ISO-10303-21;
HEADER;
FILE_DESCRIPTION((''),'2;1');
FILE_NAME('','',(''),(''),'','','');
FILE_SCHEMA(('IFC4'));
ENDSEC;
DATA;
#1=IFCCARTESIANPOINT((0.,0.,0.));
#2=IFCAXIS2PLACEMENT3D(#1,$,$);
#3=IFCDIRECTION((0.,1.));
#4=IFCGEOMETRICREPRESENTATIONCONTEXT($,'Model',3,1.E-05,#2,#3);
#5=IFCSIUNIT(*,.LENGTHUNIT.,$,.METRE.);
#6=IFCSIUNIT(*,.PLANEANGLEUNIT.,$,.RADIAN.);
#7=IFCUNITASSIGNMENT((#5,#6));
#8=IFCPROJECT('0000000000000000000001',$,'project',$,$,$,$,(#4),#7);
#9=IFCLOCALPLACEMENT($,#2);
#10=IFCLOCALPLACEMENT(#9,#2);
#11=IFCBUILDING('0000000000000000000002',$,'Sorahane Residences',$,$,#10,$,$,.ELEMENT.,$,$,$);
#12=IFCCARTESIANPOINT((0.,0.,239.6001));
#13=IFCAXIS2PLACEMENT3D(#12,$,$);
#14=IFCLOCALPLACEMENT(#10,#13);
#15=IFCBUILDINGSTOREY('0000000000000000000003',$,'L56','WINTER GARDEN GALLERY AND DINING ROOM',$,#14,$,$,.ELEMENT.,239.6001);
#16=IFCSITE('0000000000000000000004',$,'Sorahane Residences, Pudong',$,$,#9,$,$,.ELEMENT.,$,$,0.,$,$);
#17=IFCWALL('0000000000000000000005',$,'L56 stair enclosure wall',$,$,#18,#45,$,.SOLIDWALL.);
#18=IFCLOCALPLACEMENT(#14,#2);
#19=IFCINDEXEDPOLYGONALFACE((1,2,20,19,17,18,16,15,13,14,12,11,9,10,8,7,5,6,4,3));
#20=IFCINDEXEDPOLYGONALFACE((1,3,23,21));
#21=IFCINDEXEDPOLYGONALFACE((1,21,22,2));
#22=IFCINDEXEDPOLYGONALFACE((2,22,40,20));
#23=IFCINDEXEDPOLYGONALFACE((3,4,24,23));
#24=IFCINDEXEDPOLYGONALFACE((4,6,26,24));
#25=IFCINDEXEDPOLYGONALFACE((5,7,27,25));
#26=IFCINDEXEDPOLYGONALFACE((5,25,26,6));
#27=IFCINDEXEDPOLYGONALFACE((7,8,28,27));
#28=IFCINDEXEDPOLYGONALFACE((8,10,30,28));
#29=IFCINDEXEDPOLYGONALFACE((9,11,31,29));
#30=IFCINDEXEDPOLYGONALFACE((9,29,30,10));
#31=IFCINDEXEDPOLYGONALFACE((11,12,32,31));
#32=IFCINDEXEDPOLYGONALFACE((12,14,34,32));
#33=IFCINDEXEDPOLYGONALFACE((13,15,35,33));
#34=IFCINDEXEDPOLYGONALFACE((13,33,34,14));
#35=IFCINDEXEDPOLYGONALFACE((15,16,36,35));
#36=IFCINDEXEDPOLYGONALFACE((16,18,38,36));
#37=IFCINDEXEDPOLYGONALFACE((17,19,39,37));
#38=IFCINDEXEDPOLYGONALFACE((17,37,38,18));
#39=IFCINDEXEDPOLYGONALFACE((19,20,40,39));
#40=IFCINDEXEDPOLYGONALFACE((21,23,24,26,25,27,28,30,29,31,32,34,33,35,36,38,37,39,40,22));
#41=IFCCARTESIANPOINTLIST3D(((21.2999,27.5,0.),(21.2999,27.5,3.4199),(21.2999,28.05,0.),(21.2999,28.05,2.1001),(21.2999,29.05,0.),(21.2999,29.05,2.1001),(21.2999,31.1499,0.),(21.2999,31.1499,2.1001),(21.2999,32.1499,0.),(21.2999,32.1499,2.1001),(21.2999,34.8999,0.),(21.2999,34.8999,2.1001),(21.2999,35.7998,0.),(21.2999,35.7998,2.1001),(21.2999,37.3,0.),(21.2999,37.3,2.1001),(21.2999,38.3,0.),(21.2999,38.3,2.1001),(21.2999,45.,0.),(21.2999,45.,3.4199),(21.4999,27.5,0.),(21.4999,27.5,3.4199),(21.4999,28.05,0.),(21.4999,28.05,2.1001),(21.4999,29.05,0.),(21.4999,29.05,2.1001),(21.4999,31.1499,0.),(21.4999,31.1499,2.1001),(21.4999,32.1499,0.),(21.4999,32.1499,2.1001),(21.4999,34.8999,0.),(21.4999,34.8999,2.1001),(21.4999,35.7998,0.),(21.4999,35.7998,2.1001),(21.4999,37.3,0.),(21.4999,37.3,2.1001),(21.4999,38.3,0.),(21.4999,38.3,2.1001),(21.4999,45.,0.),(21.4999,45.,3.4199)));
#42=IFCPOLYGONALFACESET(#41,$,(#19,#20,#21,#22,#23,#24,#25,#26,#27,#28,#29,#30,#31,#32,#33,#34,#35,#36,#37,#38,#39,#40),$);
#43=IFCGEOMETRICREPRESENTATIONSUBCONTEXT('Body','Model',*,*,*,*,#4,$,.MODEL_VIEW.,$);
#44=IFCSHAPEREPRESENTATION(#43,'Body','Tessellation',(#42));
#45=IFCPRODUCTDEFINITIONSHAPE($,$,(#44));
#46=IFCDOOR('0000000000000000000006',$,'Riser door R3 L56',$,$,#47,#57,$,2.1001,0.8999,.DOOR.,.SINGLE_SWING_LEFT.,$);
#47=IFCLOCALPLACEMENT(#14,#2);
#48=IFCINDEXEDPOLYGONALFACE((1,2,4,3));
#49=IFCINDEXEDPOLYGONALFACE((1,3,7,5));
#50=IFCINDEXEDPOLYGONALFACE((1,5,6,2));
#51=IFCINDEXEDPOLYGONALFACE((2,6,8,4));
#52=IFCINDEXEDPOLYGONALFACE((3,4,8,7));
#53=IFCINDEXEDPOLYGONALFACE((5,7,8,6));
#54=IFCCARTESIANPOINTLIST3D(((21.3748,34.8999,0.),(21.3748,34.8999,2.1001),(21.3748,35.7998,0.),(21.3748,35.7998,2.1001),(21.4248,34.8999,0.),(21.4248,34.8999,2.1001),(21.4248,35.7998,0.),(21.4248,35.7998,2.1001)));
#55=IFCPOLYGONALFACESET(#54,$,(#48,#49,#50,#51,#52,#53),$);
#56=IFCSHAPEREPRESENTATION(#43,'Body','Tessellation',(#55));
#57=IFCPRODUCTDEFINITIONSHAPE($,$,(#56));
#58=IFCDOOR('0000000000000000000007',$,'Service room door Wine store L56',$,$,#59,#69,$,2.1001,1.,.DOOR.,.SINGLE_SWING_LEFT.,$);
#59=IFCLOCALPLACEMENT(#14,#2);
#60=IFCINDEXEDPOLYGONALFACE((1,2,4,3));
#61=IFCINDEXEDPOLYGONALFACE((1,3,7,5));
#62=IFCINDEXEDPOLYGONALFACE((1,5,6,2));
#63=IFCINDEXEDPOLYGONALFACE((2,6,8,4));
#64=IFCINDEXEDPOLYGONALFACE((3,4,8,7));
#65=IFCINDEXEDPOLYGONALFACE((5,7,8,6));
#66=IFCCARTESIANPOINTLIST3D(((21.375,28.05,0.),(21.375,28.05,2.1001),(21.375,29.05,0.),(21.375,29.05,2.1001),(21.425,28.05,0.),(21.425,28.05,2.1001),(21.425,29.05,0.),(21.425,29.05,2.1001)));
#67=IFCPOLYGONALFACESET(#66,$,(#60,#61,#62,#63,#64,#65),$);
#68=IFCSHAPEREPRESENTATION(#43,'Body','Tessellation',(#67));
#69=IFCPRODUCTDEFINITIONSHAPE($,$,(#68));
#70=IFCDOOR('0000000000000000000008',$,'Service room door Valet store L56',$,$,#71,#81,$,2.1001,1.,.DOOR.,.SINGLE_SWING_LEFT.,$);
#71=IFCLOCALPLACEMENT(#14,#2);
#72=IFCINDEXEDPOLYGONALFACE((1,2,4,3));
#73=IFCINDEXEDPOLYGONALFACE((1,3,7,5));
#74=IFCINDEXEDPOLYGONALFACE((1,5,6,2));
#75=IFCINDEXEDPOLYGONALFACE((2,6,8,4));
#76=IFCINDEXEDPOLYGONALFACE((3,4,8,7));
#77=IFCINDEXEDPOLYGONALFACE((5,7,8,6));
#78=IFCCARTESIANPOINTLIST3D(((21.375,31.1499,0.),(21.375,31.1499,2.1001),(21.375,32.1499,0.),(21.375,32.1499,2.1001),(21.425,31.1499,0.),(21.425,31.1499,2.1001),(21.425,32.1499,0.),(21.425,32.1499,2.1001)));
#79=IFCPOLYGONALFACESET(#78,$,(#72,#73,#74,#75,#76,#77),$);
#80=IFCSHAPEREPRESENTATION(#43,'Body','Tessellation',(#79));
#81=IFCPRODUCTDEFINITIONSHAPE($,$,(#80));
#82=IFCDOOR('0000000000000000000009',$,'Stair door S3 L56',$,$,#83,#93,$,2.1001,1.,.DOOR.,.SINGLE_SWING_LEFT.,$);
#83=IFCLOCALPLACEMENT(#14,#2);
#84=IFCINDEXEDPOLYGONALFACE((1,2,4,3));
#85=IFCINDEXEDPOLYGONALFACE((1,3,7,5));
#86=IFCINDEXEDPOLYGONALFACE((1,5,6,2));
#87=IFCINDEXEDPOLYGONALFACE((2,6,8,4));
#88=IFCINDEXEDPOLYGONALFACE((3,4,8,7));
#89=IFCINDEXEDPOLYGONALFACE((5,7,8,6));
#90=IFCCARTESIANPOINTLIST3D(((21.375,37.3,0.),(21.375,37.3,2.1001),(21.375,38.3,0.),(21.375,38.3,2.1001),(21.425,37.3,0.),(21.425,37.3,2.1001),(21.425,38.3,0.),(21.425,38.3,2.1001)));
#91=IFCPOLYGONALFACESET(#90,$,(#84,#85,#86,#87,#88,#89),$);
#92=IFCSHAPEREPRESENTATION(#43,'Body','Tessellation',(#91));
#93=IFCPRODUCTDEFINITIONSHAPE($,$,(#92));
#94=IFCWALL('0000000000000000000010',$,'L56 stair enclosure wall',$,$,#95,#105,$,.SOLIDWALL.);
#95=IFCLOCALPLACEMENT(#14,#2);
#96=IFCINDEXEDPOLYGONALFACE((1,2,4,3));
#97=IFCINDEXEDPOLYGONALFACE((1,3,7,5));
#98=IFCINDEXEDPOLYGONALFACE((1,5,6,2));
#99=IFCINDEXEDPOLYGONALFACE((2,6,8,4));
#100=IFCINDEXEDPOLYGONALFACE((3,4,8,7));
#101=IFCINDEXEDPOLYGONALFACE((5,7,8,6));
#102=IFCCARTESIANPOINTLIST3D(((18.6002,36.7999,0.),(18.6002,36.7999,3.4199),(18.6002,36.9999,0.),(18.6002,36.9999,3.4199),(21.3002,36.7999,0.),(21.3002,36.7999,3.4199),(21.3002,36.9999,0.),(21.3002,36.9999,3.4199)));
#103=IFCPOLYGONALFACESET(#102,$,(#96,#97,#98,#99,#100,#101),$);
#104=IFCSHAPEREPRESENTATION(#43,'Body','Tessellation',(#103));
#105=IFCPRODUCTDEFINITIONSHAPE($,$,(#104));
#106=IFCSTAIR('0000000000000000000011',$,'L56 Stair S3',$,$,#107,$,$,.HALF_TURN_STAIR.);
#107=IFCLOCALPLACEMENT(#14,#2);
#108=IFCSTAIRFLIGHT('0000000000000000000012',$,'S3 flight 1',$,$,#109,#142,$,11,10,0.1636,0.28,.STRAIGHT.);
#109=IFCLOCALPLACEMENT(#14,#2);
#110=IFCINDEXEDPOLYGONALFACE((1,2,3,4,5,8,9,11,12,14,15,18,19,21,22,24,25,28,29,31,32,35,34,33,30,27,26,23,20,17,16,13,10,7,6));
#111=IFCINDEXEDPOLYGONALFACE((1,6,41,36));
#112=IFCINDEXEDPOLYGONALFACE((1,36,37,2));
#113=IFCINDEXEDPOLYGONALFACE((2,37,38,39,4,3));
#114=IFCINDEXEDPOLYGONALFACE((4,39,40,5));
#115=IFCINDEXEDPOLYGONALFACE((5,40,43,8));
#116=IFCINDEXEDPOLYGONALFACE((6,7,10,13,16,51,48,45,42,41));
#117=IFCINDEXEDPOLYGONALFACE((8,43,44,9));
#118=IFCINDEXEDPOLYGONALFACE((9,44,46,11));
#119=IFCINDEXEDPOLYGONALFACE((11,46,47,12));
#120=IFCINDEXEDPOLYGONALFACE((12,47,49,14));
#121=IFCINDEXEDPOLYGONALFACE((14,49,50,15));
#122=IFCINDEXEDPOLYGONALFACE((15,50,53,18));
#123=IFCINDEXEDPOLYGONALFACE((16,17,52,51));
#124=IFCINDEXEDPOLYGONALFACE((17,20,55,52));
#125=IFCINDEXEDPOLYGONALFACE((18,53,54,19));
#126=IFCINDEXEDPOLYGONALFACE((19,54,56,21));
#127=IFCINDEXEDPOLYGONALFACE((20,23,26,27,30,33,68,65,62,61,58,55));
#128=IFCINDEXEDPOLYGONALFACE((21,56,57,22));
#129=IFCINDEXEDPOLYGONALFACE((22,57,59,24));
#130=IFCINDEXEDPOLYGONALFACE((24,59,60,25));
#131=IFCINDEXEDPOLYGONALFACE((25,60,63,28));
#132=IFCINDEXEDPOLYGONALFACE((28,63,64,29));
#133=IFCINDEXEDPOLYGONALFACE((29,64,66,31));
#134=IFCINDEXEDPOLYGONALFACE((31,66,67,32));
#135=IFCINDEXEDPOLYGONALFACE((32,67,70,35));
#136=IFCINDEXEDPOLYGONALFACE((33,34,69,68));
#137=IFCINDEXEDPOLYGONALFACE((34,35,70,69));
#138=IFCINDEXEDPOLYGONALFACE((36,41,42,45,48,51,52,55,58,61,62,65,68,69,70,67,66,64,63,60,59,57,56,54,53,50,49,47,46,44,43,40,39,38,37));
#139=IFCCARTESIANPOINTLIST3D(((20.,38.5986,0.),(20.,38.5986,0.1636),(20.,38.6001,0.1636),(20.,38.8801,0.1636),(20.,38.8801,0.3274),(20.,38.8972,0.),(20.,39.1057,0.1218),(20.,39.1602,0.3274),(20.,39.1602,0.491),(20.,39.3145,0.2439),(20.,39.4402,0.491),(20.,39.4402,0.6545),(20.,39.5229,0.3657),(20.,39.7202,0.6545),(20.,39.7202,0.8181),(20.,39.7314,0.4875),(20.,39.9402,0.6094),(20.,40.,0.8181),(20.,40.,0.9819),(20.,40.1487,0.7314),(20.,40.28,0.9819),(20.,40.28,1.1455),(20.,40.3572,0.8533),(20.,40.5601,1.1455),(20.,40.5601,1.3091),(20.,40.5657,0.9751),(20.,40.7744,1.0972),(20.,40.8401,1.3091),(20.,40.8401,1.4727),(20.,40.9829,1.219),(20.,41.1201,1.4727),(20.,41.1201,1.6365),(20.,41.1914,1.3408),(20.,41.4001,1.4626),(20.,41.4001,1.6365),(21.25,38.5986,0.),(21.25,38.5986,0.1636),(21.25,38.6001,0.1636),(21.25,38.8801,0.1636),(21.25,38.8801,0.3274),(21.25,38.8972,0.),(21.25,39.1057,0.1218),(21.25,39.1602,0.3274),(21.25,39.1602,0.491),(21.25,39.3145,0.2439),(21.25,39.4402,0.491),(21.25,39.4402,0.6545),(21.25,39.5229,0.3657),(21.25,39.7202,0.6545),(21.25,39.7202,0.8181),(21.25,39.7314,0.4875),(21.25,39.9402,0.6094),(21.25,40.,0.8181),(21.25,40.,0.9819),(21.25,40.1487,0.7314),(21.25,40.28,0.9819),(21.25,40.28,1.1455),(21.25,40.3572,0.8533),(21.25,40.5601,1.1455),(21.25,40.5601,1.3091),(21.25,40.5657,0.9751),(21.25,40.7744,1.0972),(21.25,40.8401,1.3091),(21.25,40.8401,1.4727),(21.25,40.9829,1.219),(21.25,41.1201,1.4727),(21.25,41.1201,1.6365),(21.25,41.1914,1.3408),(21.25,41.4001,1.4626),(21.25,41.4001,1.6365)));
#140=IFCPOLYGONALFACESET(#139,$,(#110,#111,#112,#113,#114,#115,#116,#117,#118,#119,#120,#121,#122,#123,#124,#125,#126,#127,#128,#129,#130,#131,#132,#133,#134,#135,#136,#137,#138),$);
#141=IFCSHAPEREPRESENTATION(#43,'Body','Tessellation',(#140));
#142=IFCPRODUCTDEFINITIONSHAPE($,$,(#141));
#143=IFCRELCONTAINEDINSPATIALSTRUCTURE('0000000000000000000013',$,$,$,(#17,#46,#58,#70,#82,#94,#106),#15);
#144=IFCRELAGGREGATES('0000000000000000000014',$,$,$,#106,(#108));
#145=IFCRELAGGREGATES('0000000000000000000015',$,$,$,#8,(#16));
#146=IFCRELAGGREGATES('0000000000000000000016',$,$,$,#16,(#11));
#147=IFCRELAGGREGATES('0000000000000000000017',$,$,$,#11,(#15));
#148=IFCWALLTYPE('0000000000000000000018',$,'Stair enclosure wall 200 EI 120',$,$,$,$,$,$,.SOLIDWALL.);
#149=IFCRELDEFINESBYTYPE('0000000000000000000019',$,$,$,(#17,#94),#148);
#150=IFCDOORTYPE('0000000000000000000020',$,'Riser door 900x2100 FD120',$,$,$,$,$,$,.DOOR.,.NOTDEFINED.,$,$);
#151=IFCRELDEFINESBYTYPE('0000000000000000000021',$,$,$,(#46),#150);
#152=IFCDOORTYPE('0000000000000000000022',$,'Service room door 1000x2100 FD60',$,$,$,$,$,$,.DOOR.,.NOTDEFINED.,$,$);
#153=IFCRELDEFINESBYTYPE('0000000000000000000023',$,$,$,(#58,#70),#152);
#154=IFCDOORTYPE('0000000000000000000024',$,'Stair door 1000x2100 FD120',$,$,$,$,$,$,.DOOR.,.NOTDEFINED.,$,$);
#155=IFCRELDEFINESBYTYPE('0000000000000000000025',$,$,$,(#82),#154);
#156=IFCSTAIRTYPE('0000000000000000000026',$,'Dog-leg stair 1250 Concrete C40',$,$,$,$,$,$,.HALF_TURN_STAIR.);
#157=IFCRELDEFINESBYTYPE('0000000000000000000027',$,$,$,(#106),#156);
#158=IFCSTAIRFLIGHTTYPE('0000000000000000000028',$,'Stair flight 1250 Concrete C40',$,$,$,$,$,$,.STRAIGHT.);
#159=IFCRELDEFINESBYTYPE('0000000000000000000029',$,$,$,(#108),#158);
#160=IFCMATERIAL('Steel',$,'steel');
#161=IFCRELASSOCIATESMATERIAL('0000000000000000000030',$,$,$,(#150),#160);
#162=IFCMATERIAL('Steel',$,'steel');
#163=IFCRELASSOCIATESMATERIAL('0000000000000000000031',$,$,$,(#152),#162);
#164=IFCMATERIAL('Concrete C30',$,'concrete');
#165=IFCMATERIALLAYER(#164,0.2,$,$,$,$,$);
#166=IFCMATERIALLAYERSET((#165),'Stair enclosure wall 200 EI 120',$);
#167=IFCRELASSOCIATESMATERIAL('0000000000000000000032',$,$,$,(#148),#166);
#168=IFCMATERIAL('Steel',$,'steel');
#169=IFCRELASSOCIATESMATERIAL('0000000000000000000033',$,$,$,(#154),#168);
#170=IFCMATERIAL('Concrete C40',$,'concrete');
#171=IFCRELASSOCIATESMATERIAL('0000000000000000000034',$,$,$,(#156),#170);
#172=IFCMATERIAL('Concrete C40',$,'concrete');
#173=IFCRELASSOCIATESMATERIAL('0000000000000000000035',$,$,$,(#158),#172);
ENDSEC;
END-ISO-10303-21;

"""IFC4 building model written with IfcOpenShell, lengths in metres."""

from ifc_helpers import new_model, si_unit, direction, frame, frame_2d, origin, place, context, subcontext, project, spatial, polyline, rectangle, outline, extrude, material, layer, layer_set, type_object, element, fill, aggregate, save


model = new_model("IFC4")

# Units and contexts
model_context = context("Model", 3, precision=1e-05, world=origin(), true_north=direction((0.0, 1.0)))
body_context = subcontext(model_context, "Body", "Model", "MODEL_VIEW")
ifc_project = project(units=[si_unit("LENGTHUNIT", "METRE"), si_unit("PLANEANGLEUNIT", "RADIAN")], contexts=[model_context])

# Site, building, storey
site_placement = place(None, origin())
site = spatial("IfcSite", under=ifc_project, at=site_placement, Name="Sorahane Residences, Pudong", CompositionType="ELEMENT", RefElevation=0.0)
building_placement = place(site_placement, origin())
building = spatial("IfcBuilding", under=site, at=building_placement, Name="Sorahane Residences", CompositionType="ELEMENT")
storey_placement = place(building_placement, frame((0.0, 0.0, 239.6001)))
storey = spatial("IfcBuildingStorey", under=building, at=storey_placement, Name="L56", Description="WINTER GARDEN GALLERY AND DINING ROOM", CompositionType="ELEMENT", Elevation=239.6001)

# Shared definitions
ifc_material_1 = material(Name="Steel", Category="steel")
door_type_1 = type_object("IfcDoorType", Name="Riser door 900x2100 FD120", OperationType="NOTDEFINED", PredefinedType="DOOR", material=ifc_material_1)
ifc_material_2 = material(Name="Steel", Category="steel")
door_type_2 = type_object("IfcDoorType", Name="Service room door 1000x2100 FD60", OperationType="NOTDEFINED", PredefinedType="DOOR", material=ifc_material_2)

# Wall, openings, doors
ifc_material_3 = material(Name="Concrete C30", Category="concrete")
ifc_layer_1 = layer(ifc_material_3, 0.2)
ifc_layer_set_1 = layer_set([ifc_layer_1], Name="Stair enclosure wall 200 EI 120")
wall_type_1 = type_object("IfcWallType", Name="Stair enclosure wall 200 EI 120", PredefinedType="SOLIDWALL", material=ifc_layer_set_1)
wall_1_placement = place(storey_placement, frame((21.3999, 27.5, 0.0), z_axis=(0.0, 0.0, 1.0), x_axis=(0.0, 1.0, 0.0)))
wall_1 = element("IfcWall", 1, at=wall_1_placement, inside=storey, type_object=wall_type_1, Name="L56 stair enclosure wall", PredefinedType="SOLIDWALL", context=body_context, shape_type="SweptSolid", body=[
    extrude(rectangle(XDim=17.5, YDim=0.2, at=frame_2d((8.75, 0.0))), origin(), (0.0, 0.0, 1.0), 3.4199),
])
opening_1_placement = place(wall_1_placement, frame((0.55, 0.0, 0.0)))
opening_1 = element("IfcOpeningElement", 2, at=opening_1_placement, cuts=wall_1, PredefinedType="OPENING", context=body_context, shape_type="SweptSolid", body=[
    extrude(rectangle(XDim=1.0, YDim=2.1001, at=frame_2d((0.5, 1.05))), frame((0.0, 0.1099, 0.0), z_axis=(0.0, -1.0, 0.0), x_axis=(1.0, 0.0, 0.0)), (0.0, 0.0, 1.0), 0.22),
])
opening_2_placement = place(wall_1_placement, frame((3.6499, 0.0, 0.0)))
opening_2 = element("IfcOpeningElement", 3, at=opening_2_placement, cuts=wall_1, PredefinedType="OPENING", context=body_context, shape_type="SweptSolid", body=[
    extrude(rectangle(XDim=1.0, YDim=2.1001, at=frame_2d((0.5, 1.05))), frame((0.0, 0.1099, 0.0), z_axis=(0.0, -1.0, 0.0), x_axis=(1.0, 0.0, 0.0)), (0.0, 0.0, 1.0), 0.22),
])
opening_3_placement = place(wall_1_placement, frame((9.8, 0.0, 0.0)))
opening_3 = element("IfcOpeningElement", 4, at=opening_3_placement, cuts=wall_1, PredefinedType="OPENING", context=body_context, shape_type="SweptSolid", body=[
    extrude(rectangle(XDim=1.0, YDim=2.1001, at=frame_2d((0.5, 1.05))), frame((0.0, 0.1099, 0.0), z_axis=(0.0, -1.0, 0.0), x_axis=(1.0, 0.0, 0.0)), (0.0, 0.0, 1.0), 0.22),
])
opening_4_placement = place(wall_1_placement, frame((7.3999, 0.0, 0.0)))
opening_4 = element("IfcOpeningElement", 5, at=opening_4_placement, cuts=wall_1, PredefinedType="OPENING", context=body_context, shape_type="SweptSolid", body=[
    extrude(rectangle(XDim=0.8999, YDim=2.1001, at=frame_2d((0.45, 1.05))), frame((0.0, 0.1099, 0.0), z_axis=(0.0, -1.0, 0.0), x_axis=(1.0, 0.0, 0.0)), (0.0, 0.0, 1.0), 0.22),
])
door_1_placement = place(opening_4_placement, frame((0.8999, 0.0, 0.0), z_axis=(0.0, 0.0, 1.0), x_axis=(-1.0, 0.0, 0.0)))
door_1 = element("IfcDoor", 6, at=door_1_placement, inside=storey, type_object=door_type_1, Name="Riser door R3 L56", OperationType="SINGLE_SWING_LEFT", OverallHeight=2.1001, OverallWidth=0.8999, PredefinedType="DOOR", context=body_context, shape_type="SweptSolid", body=[
    extrude(rectangle(XDim=0.8999, YDim=2.1001, at=frame_2d((0.45, 1.05))), frame((0.0, 0.0249, 0.0), z_axis=(0.0, -1.0, 0.0), x_axis=(1.0, 0.0, 0.0)), (0.0, 0.0, 1.0), 0.05),
])
fill(opening_4, door_1)
door_2_placement = place(opening_1_placement, origin())
door_2 = element("IfcDoor", 7, at=door_2_placement, inside=storey, type_object=door_type_2, Name="Service room door Wine store L56", OperationType="SINGLE_SWING_LEFT", OverallHeight=2.1001, OverallWidth=1.0, PredefinedType="DOOR", context=body_context, shape_type="SweptSolid", body=[
    extrude(rectangle(XDim=1.0, YDim=2.1001, at=frame_2d((0.5, 1.05))), frame((0.0, 0.0249, 0.0), z_axis=(0.0, -1.0, 0.0), x_axis=(1.0, 0.0, 0.0)), (0.0, 0.0, 1.0), 0.05),
])
fill(opening_1, door_2)
door_3_placement = place(opening_2_placement, origin())
door_3 = element("IfcDoor", 8, at=door_3_placement, inside=storey, type_object=door_type_2, Name="Service room door Valet store L56", OperationType="SINGLE_SWING_LEFT", OverallHeight=2.1001, OverallWidth=1.0, PredefinedType="DOOR", context=body_context, shape_type="SweptSolid", body=[
    extrude(rectangle(XDim=1.0, YDim=2.1001, at=frame_2d((0.5, 1.05))), frame((0.0, 0.0249, 0.0), z_axis=(0.0, -1.0, 0.0), x_axis=(1.0, 0.0, 0.0)), (0.0, 0.0, 1.0), 0.05),
])
fill(opening_2, door_3)
ifc_material_4 = material(Name="Steel", Category="steel")
door_type_3 = type_object("IfcDoorType", Name="Stair door 1000x2100 FD120", OperationType="NOTDEFINED", PredefinedType="DOOR", material=ifc_material_4)
door_4_placement = place(opening_3_placement, origin())
door_4 = element("IfcDoor", 9, at=door_4_placement, inside=storey, type_object=door_type_3, Name="Stair door S3 L56", OperationType="SINGLE_SWING_LEFT", OverallHeight=2.1001, OverallWidth=1.0, PredefinedType="DOOR", context=body_context, shape_type="SweptSolid", body=[
    extrude(rectangle(XDim=1.0, YDim=2.1001, at=frame_2d((0.5, 1.05))), frame((0.0, 0.0249, 0.0), z_axis=(0.0, -1.0, 0.0), x_axis=(1.0, 0.0, 0.0)), (0.0, 0.0, 1.0), 0.05),
])
fill(opening_3, door_4)

# Wall
wall_2_placement = place(storey_placement, frame((18.6001, 36.8999, 0.0), z_axis=(0.0, 0.0, 1.0), x_axis=(1.0, 0.0, 0.0)))
element("IfcWall", 10, at=wall_2_placement, inside=storey, type_object=wall_type_1, Name="L56 stair enclosure wall", PredefinedType="SOLIDWALL", context=body_context, shape_type="SweptSolid", body=[
    extrude(rectangle(XDim=2.7, YDim=0.2, at=frame_2d((1.3501, 0.0))), origin(), (0.0, 0.0, 1.0), 3.4199),
])

# Stair, stair flight
ifc_material_5 = material(Name="Concrete C40", Category="concrete")
stair_type = type_object("IfcStairType", Name="Dog-leg stair 1250 Concrete C40", PredefinedType="HALF_TURN_STAIR", material=ifc_material_5)
stair_placement = place(storey_placement, origin())
stair = element("IfcStair", 11, at=stair_placement, inside=storey, type_object=stair_type, Name="L56 Stair S3", PredefinedType="HALF_TURN_STAIR")
ifc_material_6 = material(Name="Concrete C40", Category="concrete")
stair_flight_type = type_object("IfcStairFlightType", Name="Stair flight 1250 Concrete C40", PredefinedType="STRAIGHT", material=ifc_material_6)
stair_flight_placement = place(storey_placement, frame((20.625, 38.6001, 0.0), z_axis=(0.0, 0.0, 1.0), x_axis=(0.0, 1.0, 0.0)))
stair_flight = element("IfcStairFlight", 12, at=stair_flight_placement, type_object=stair_flight_type, Name="S3 flight 1", NumberOfRisers=11, NumberOfTreads=10, PredefinedType="STRAIGHT", RiserHeight=0.1636, TreadLength=0.28, context=body_context, shape_type="SweptSolid", body=[
    extrude(outline(polyline([(-0.0015, 0.0), (-0.0015, 0.1636), (0.0, 0.1636), (0.28, 0.1636), (0.28, 0.3274), (0.5601, 0.3274), (0.5601, 0.491), (0.8401, 0.491), (0.8401, 0.6545), (1.1201, 0.6545), (1.1201, 0.8181), (1.3999, 0.8181), (1.3999, 0.9819), (1.6799, 0.9819), (1.6799, 1.1455), (1.96, 1.1455), (1.96, 1.3091), (2.24, 1.3091), (2.24, 1.4727), (2.52, 1.4727), (2.52, 1.6365), (2.8, 1.6365), (2.8, 1.8), (2.8, 1.4626), (2.5913, 1.3408), (2.3828, 1.219), (2.1743, 1.0972), (1.9656, 0.9751), (1.7571, 0.8533), (1.5486, 0.7314), (1.3401, 0.6094), (1.1313, 0.4875), (0.9229, 0.3657), (0.7144, 0.2439), (0.5056, 0.1218), (0.2971, 0.0), (-0.0015, 0.0)])), frame((0.0, 0.625, 0.0), z_axis=(0.0, -1.0, 0.0), x_axis=(1.0, 0.0, 0.0)), (0.0, 0.0, 1.0), 1.25),
])
aggregate(stair, [stair_flight])

save(model, "model.ifc")
